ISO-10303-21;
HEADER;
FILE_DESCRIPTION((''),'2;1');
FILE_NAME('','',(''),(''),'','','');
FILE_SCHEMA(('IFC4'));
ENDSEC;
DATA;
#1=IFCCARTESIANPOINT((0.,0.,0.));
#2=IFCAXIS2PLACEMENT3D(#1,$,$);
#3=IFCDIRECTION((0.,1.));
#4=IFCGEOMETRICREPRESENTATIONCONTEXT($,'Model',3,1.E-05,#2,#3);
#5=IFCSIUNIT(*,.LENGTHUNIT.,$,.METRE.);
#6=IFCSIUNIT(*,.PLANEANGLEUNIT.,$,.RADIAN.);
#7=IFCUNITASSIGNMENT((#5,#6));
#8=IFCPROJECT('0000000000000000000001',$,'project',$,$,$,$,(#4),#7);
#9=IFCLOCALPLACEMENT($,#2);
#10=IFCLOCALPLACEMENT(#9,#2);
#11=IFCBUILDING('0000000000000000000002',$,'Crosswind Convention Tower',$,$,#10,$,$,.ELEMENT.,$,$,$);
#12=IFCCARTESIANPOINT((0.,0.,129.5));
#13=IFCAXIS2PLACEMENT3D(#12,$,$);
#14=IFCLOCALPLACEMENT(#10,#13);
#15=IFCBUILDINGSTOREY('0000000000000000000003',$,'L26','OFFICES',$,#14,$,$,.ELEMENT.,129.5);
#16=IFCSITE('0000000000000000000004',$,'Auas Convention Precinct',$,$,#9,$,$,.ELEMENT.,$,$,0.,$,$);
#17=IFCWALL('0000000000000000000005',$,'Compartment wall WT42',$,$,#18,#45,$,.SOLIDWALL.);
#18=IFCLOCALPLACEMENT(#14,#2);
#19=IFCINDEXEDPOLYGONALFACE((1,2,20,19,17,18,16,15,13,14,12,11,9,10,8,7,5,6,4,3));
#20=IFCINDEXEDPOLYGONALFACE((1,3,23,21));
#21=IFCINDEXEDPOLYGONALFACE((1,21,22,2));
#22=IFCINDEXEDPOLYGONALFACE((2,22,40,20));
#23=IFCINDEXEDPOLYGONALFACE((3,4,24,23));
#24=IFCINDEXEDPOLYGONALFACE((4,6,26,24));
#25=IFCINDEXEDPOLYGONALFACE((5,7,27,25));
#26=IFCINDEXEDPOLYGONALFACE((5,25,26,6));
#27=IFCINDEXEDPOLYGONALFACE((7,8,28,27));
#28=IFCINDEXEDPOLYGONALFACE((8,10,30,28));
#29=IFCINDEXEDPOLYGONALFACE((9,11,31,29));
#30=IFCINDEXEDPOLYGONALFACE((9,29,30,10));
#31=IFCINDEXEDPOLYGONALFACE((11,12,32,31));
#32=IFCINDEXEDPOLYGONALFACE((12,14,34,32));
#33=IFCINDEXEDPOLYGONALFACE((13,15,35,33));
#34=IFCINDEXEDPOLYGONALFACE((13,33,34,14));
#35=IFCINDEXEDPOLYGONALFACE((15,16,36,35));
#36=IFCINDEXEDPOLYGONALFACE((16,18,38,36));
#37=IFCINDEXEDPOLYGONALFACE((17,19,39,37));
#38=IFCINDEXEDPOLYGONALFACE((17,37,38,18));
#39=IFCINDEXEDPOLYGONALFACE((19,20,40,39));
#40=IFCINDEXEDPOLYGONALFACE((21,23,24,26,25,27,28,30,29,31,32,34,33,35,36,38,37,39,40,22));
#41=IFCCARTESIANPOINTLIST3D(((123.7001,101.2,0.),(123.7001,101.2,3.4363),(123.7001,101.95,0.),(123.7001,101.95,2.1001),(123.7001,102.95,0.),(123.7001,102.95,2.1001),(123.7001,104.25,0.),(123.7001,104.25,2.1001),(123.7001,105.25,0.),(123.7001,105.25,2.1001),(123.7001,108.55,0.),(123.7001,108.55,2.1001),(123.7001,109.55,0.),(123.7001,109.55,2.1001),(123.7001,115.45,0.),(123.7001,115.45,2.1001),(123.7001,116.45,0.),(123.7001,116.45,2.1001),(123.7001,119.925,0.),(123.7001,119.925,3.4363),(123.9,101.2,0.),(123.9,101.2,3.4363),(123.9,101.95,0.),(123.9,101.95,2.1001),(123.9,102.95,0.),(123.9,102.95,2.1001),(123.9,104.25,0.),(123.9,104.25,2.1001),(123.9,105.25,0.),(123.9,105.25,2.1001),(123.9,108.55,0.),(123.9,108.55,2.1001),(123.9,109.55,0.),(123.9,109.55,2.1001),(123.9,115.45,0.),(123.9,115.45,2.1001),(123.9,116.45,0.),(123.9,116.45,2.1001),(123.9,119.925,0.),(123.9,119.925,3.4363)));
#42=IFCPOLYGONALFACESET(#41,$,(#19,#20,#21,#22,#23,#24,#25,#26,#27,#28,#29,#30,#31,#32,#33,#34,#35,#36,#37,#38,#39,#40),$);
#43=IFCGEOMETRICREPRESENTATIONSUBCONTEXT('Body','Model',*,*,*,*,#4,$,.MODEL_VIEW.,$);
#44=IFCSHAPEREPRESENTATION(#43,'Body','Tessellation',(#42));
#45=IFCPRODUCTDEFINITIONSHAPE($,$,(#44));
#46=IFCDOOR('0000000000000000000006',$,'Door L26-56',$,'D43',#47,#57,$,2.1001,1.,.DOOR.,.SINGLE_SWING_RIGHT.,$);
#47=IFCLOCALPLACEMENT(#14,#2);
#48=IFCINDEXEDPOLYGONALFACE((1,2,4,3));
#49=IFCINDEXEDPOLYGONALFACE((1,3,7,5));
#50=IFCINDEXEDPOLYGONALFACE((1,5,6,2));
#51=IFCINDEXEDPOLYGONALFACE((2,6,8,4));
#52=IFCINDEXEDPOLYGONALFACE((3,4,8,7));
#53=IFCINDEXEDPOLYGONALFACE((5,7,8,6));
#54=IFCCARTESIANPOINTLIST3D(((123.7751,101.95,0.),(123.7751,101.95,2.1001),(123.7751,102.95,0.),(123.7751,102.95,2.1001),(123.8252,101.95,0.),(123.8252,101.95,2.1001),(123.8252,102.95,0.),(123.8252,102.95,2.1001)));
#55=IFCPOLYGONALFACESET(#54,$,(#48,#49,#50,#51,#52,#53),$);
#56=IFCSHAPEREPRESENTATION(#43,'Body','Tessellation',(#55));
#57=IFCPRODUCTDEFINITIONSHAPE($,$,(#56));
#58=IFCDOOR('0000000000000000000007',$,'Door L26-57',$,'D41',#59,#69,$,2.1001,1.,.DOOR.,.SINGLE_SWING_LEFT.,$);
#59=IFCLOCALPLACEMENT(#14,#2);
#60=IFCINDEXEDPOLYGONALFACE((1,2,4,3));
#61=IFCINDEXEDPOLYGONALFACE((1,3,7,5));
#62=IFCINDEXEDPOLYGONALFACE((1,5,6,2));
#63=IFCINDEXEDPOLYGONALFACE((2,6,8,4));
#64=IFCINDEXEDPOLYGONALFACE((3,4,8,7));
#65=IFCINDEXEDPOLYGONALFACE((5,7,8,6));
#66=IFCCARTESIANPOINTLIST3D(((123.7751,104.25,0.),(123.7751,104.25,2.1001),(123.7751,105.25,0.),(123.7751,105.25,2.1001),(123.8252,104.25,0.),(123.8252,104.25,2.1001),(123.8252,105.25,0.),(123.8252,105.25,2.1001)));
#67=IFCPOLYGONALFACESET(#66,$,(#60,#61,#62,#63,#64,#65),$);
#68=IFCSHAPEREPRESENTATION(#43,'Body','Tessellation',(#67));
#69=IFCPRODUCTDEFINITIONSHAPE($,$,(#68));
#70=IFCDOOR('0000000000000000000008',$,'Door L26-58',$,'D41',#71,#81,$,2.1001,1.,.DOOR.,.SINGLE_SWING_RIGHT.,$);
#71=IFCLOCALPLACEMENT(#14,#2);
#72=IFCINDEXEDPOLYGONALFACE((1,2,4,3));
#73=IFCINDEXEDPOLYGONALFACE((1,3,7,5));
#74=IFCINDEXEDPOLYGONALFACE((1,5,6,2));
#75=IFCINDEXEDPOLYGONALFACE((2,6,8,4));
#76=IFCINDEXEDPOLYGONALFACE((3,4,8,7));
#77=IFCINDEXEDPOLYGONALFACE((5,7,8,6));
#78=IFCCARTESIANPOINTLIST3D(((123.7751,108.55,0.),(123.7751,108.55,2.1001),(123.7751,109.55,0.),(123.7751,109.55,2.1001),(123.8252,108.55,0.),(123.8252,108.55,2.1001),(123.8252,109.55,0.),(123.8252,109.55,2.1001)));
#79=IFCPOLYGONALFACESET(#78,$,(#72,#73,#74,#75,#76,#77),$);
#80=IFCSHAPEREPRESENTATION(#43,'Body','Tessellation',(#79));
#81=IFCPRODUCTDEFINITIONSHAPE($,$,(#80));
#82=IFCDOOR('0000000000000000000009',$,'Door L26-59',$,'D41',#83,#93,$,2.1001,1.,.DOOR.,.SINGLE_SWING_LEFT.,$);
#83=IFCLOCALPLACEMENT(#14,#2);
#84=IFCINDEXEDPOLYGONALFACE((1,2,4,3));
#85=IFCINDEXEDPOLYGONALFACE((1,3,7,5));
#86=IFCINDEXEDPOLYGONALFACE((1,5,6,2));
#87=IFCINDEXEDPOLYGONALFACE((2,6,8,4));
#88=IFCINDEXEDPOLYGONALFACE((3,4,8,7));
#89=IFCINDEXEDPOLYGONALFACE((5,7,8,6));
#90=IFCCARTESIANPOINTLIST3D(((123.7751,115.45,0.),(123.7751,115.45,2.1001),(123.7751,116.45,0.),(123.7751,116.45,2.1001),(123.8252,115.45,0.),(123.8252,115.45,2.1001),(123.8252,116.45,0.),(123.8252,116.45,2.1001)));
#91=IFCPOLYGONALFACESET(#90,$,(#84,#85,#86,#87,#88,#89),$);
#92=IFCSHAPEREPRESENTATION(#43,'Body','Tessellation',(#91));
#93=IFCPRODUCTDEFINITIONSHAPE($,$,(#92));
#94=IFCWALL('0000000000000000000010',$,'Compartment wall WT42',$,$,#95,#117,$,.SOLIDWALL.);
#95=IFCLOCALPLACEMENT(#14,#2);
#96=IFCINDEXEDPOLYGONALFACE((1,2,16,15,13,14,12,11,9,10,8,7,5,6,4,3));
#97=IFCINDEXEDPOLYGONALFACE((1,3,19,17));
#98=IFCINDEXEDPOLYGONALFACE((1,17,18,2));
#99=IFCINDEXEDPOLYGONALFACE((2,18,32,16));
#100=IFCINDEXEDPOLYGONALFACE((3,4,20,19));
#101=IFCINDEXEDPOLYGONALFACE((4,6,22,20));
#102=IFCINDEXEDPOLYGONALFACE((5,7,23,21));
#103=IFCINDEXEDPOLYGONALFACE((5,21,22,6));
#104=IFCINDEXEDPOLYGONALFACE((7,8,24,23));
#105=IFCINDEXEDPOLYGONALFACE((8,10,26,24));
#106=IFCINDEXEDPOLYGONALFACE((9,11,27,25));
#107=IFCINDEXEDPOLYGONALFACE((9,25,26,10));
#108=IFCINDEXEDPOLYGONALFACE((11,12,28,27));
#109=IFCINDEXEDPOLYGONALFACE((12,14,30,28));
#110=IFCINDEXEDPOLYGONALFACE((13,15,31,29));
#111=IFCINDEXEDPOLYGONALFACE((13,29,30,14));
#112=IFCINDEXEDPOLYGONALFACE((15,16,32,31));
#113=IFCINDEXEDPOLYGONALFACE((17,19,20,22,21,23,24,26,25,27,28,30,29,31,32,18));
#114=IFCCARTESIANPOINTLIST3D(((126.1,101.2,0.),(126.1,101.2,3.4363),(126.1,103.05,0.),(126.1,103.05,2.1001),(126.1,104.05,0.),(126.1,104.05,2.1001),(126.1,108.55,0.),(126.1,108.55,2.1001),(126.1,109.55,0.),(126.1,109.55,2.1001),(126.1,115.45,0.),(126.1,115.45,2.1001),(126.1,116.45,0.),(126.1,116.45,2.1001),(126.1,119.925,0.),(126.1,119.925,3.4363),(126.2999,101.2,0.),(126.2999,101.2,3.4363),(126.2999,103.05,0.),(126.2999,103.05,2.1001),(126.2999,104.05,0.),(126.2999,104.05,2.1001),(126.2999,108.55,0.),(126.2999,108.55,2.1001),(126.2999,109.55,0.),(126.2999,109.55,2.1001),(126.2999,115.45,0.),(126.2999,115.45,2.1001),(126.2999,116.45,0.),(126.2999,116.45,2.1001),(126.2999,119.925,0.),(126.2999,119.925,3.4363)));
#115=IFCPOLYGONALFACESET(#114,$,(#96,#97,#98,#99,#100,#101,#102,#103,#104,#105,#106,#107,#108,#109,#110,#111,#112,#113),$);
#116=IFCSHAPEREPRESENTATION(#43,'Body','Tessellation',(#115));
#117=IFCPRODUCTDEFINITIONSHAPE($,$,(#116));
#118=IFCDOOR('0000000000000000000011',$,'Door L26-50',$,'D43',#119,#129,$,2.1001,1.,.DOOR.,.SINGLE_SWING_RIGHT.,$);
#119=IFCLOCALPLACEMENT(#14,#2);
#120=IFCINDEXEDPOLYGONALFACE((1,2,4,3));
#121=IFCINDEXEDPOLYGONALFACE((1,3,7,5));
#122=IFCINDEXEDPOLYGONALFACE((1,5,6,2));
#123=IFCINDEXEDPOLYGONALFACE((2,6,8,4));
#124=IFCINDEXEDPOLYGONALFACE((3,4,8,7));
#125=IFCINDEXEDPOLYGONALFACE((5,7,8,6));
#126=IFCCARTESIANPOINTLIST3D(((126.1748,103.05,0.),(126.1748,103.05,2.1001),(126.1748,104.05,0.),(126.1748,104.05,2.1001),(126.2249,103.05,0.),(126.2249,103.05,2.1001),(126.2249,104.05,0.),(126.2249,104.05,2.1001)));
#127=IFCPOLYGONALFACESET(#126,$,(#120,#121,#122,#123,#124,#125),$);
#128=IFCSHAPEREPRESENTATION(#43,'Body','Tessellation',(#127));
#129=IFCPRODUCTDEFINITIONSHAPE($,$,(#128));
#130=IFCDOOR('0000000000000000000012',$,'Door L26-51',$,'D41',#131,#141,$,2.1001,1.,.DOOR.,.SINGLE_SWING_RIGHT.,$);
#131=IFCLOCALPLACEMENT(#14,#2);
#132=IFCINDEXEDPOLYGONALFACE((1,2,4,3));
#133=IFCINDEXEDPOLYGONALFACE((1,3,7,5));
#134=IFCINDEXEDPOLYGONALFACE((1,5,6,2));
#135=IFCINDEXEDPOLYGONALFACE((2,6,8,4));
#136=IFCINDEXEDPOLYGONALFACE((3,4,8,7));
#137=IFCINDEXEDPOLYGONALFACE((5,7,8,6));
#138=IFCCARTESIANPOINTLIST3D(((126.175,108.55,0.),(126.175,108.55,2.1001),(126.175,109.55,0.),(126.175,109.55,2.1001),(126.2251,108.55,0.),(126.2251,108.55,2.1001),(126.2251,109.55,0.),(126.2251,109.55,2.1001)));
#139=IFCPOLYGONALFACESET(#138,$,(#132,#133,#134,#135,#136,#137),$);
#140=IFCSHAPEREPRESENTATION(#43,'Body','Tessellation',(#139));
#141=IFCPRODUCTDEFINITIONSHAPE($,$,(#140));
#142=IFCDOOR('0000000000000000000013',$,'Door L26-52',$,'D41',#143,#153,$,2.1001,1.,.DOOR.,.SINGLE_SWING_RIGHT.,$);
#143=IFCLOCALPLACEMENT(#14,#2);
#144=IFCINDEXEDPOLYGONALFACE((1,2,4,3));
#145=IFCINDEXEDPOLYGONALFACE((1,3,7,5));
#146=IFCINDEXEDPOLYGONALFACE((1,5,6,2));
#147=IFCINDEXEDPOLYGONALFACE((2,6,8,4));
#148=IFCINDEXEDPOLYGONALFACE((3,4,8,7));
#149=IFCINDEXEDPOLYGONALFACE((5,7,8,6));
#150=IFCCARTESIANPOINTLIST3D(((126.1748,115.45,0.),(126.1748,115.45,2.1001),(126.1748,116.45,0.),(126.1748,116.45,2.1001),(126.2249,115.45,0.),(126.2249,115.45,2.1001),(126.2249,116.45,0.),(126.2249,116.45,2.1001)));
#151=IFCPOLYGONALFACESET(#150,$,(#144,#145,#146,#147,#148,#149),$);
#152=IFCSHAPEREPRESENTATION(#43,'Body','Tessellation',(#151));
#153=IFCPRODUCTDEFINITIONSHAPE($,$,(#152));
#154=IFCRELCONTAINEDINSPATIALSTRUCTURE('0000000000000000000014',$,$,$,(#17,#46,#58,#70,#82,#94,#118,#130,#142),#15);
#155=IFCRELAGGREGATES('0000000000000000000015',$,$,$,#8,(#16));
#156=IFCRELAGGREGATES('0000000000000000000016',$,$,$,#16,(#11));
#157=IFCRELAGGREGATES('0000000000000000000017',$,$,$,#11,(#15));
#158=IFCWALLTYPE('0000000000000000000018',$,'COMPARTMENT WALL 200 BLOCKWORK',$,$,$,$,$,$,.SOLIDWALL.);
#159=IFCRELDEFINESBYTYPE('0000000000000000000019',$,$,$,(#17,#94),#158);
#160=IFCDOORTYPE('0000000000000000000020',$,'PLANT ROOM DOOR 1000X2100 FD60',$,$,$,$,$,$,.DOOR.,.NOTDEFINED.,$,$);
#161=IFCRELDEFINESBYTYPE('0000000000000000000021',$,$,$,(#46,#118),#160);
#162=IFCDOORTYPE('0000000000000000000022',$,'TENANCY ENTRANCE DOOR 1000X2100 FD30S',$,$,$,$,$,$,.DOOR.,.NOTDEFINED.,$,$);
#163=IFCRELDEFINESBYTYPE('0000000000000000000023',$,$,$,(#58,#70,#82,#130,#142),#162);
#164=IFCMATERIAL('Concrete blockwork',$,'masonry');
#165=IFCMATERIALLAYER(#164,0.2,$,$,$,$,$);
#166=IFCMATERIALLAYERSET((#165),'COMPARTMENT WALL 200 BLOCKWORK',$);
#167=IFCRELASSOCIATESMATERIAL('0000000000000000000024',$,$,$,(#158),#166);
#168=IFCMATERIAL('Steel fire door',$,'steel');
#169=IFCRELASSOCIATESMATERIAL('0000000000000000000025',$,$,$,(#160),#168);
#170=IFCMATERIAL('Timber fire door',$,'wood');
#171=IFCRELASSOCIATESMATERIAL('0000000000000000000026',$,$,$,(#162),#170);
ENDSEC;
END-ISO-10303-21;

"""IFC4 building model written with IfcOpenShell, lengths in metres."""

from ifc_helpers import new_model, si_unit, direction, frame, frame_2d, origin, place, context, subcontext, project, spatial, rectangle, extrude, material, layer, layer_set, type_object, element, fill, save


model = new_model("IFC4")

# Units and contexts
model_context = context("Model", 3, precision=1e-05, world=origin(), true_north=direction((0.0, 1.0)))
body_context = subcontext(model_context, "Body", "Model", "MODEL_VIEW")
ifc_project = project(units=[si_unit("LENGTHUNIT", "METRE"), si_unit("PLANEANGLEUNIT", "RADIAN")], contexts=[model_context])

# Site, building, storey
site_placement = place(None, origin())
site = spatial("IfcSite", under=ifc_project, at=site_placement, Name="Auas Convention Precinct", CompositionType="ELEMENT", RefElevation=0.0)
building_placement = place(site_placement, origin())
building = spatial("IfcBuilding", under=site, at=building_placement, Name="Crosswind Convention Tower", CompositionType="ELEMENT")
storey_placement = place(building_placement, frame((0.0, 0.0, 129.5)))
storey = spatial("IfcBuildingStorey", under=building, at=storey_placement, Name="L26", Description="OFFICES", CompositionType="ELEMENT", Elevation=129.5)

# Walls, openings, doors
ifc_material_1 = material(Name="Concrete blockwork", Category="masonry")
ifc_layer_1 = layer(ifc_material_1, 0.2)
ifc_layer_set_1 = layer_set([ifc_layer_1], Name="COMPARTMENT WALL 200 BLOCKWORK")
wall_type_1 = type_object("IfcWallType", Name="COMPARTMENT WALL 200 BLOCKWORK", PredefinedType="SOLIDWALL", material=ifc_layer_set_1)
wall_1_placement = place(storey_placement, frame((123.8, 101.2, 0.0), z_axis=(0.0, 0.0, 1.0), x_axis=(0.0, 1.0, 0.0)))
wall_1 = element("IfcWall", 1, at=wall_1_placement, inside=storey, type_object=wall_type_1, Name="Compartment wall WT42", PredefinedType="SOLIDWALL", context=body_context, shape_type="SweptSolid", body=[
    extrude(rectangle(XDim=18.7251, YDim=0.2, at=frame_2d((9.3625, 0.0))), origin(), (0.0, 0.0, 1.0), 3.4363),
])
opening_1_placement = place(wall_1_placement, frame((0.75, 0.0, 0.0)))
opening_1 = element("IfcOpeningElement", 2, at=opening_1_placement, cuts=wall_1, PredefinedType="OPENING", context=body_context, shape_type="SweptSolid", body=[
    extrude(rectangle(XDim=1.0, YDim=2.1001, at=frame_2d((0.5, 1.05))), frame((0.0, 0.1099, 0.0), z_axis=(0.0, -1.0, 0.0), x_axis=(1.0, 0.0, 0.0)), (0.0, 0.0, 1.0), 0.22),
])
opening_2_placement = place(wall_1_placement, frame((3.05, 0.0, 0.0)))
opening_2 = element("IfcOpeningElement", 3, at=opening_2_placement, cuts=wall_1, PredefinedType="OPENING", context=body_context, shape_type="SweptSolid", body=[
    extrude(rectangle(XDim=1.0, YDim=2.1001, at=frame_2d((0.5, 1.05))), frame((0.0, 0.1099, 0.0), z_axis=(0.0, -1.0, 0.0), x_axis=(1.0, 0.0, 0.0)), (0.0, 0.0, 1.0), 0.22),
])
opening_3_placement = place(wall_1_placement, frame((7.3501, 0.0, 0.0)))
opening_3 = element("IfcOpeningElement", 4, at=opening_3_placement, cuts=wall_1, PredefinedType="OPENING", context=body_context, shape_type="SweptSolid", body=[
    extrude(rectangle(XDim=1.0, YDim=2.1001, at=frame_2d((0.5, 1.05))), frame((0.0, 0.1099, 0.0), z_axis=(0.0, -1.0, 0.0), x_axis=(1.0, 0.0, 0.0)), (0.0, 0.0, 1.0), 0.22),
])
opening_4_placement = place(wall_1_placement, frame((14.25, 0.0, 0.0)))
opening_4 = element("IfcOpeningElement", 5, at=opening_4_placement, cuts=wall_1, PredefinedType="OPENING", context=body_context, shape_type="SweptSolid", body=[
    extrude(rectangle(XDim=1.0, YDim=2.1001, at=frame_2d((0.5, 1.05))), frame((0.0, 0.1099, 0.0), z_axis=(0.0, -1.0, 0.0), x_axis=(1.0, 0.0, 0.0)), (0.0, 0.0, 1.0), 0.22),
])
ifc_material_2 = material(Name="Steel fire door", Category="steel")
door_type_1 = type_object("IfcDoorType", Name="PLANT ROOM DOOR 1000X2100 FD60", OperationType="NOTDEFINED", PredefinedType="DOOR", material=ifc_material_2)
door_1_placement = place(opening_1_placement, origin())
door_1 = element("IfcDoor", 6, at=door_1_placement, inside=storey, type_object=door_type_1, Name="Door L26-56", ObjectType="D43", OperationType="SINGLE_SWING_RIGHT", OverallHeight=2.1001, OverallWidth=1.0, PredefinedType="DOOR", context=body_context, shape_type="SweptSolid", body=[
    extrude(rectangle(XDim=1.0, YDim=2.1001, at=frame_2d((0.5, 1.05))), frame((0.0, 0.0249, 0.0), z_axis=(0.0, -1.0, 0.0), x_axis=(1.0, 0.0, 0.0)), (0.0, 0.0, 1.0), 0.05),
])
fill(opening_1, door_1)
ifc_material_3 = material(Name="Timber fire door", Category="wood")
door_type_2 = type_object("IfcDoorType", Name="TENANCY ENTRANCE DOOR 1000X2100 FD30S", OperationType="NOTDEFINED", PredefinedType="DOOR", material=ifc_material_3)
door_2_placement = place(opening_2_placement, origin())
door_2 = element("IfcDoor", 7, at=door_2_placement, inside=storey, type_object=door_type_2, Name="Door L26-57", ObjectType="D41", OperationType="SINGLE_SWING_LEFT", OverallHeight=2.1001, OverallWidth=1.0, PredefinedType="DOOR", context=body_context, shape_type="SweptSolid", body=[
    extrude(rectangle(XDim=1.0, YDim=2.1001, at=frame_2d((0.5, 1.05))), frame((0.0, 0.0249, 0.0), z_axis=(0.0, -1.0, 0.0), x_axis=(1.0, 0.0, 0.0)), (0.0, 0.0, 1.0), 0.05),
])
fill(opening_2, door_2)
door_3_placement = place(opening_3_placement, origin())
door_3 = element("IfcDoor", 8, at=door_3_placement, inside=storey, type_object=door_type_2, Name="Door L26-58", ObjectType="D41", OperationType="SINGLE_SWING_RIGHT", OverallHeight=2.1001, OverallWidth=1.0, PredefinedType="DOOR", context=body_context, shape_type="SweptSolid", body=[
    extrude(rectangle(XDim=1.0, YDim=2.1001, at=frame_2d((0.5, 1.05))), frame((0.0, 0.0249, 0.0), z_axis=(0.0, -1.0, 0.0), x_axis=(1.0, 0.0, 0.0)), (0.0, 0.0, 1.0), 0.05),
])
fill(opening_3, door_3)
door_4_placement = place(opening_4_placement, origin())
door_4 = element("IfcDoor", 9, at=door_4_placement, inside=storey, type_object=door_type_2, Name="Door L26-59", ObjectType="D41", OperationType="SINGLE_SWING_LEFT", OverallHeight=2.1001, OverallWidth=1.0, PredefinedType="DOOR", context=body_context, shape_type="SweptSolid", body=[
    extrude(rectangle(XDim=1.0, YDim=2.1001, at=frame_2d((0.5, 1.05))), frame((0.0, 0.0249, 0.0), z_axis=(0.0, -1.0, 0.0), x_axis=(1.0, 0.0, 0.0)), (0.0, 0.0, 1.0), 0.05),
])
fill(opening_4, door_4)
wall_2_placement = place(storey_placement, frame((126.2, 101.2, 0.0), z_axis=(0.0, 0.0, 1.0), x_axis=(0.0, 1.0, 0.0)))
wall_2 = element("IfcWall", 10, at=wall_2_placement, inside=storey, type_object=wall_type_1, Name="Compartment wall WT42", PredefinedType="SOLIDWALL", context=body_context, shape_type="SweptSolid", body=[
    extrude(rectangle(XDim=18.7251, YDim=0.2, at=frame_2d((9.3625, 0.0))), origin(), (0.0, 0.0, 1.0), 3.4363),
])
opening_5_placement = place(wall_2_placement, frame((1.8501, 0.0, 0.0)))
opening_5 = element("IfcOpeningElement", 11, at=opening_5_placement, cuts=wall_2, PredefinedType="OPENING", context=body_context, shape_type="SweptSolid", body=[
    extrude(rectangle(XDim=1.0, YDim=2.1001, at=frame_2d((0.5, 1.05))), frame((0.0, 0.1099, 0.0), z_axis=(0.0, -1.0, 0.0), x_axis=(1.0, 0.0, 0.0)), (0.0, 0.0, 1.0), 0.22),
])
opening_6_placement = place(wall_2_placement, frame((7.3501, 0.0, 0.0)))
opening_6 = element("IfcOpeningElement", 12, at=opening_6_placement, cuts=wall_2, PredefinedType="OPENING", context=body_context, shape_type="SweptSolid", body=[
    extrude(rectangle(XDim=1.0, YDim=2.1001, at=frame_2d((0.5, 1.05))), frame((0.0, 0.1099, 0.0), z_axis=(0.0, -1.0, 0.0), x_axis=(1.0, 0.0, 0.0)), (0.0, 0.0, 1.0), 0.22),
])
opening_7_placement = place(wall_2_placement, frame((14.25, 0.0, 0.0)))
opening_7 = element("IfcOpeningElement", 13, at=opening_7_placement, cuts=wall_2, PredefinedType="OPENING", context=body_context, shape_type="SweptSolid", body=[
    extrude(rectangle(XDim=1.0, YDim=2.1001, at=frame_2d((0.5, 1.05))), frame((0.0, 0.1099, 0.0), z_axis=(0.0, -1.0, 0.0), x_axis=(1.0, 0.0, 0.0)), (0.0, 0.0, 1.0), 0.22),
])
door_5_placement = place(opening_5_placement, frame((1.0, 0.0, 0.0), z_axis=(0.0, 0.0, 1.0), x_axis=(-1.0, 0.0, 0.0)))
door_5 = element("IfcDoor", 14, at=door_5_placement, inside=storey, type_object=door_type_1, Name="Door L26-50", ObjectType="D43", OperationType="SINGLE_SWING_RIGHT", OverallHeight=2.1001, OverallWidth=1.0, PredefinedType="DOOR", context=body_context, shape_type="SweptSolid", body=[
    extrude(rectangle(XDim=1.0, YDim=2.1001, at=frame_2d((0.5, 1.05))), frame((0.0, 0.0249, 0.0), z_axis=(0.0, -1.0, 0.0), x_axis=(1.0, 0.0, 0.0)), (0.0, 0.0, 1.0), 0.05),
])
fill(opening_5, door_5)
door_6_placement = place(opening_6_placement, origin())
door_6 = element("IfcDoor", 15, at=door_6_placement, inside=storey, type_object=door_type_2, Name="Door L26-51", ObjectType="D41", OperationType="SINGLE_SWING_RIGHT", OverallHeight=2.1001, OverallWidth=1.0, PredefinedType="DOOR", context=body_context, shape_type="SweptSolid", body=[
    extrude(rectangle(XDim=1.0, YDim=2.1001, at=frame_2d((0.5, 1.05))), frame((0.0, 0.0249, 0.0), z_axis=(0.0, -1.0, 0.0), x_axis=(1.0, 0.0, 0.0)), (0.0, 0.0, 1.0), 0.05),
])
fill(opening_6, door_6)
door_7_placement = place(opening_7_placement, frame((1.0, 0.0, 0.0), z_axis=(0.0, 0.0, 1.0), x_axis=(-1.0, 0.0, 0.0)))
door_7 = element("IfcDoor", 16, at=door_7_placement, inside=storey, type_object=door_type_2, Name="Door L26-52", ObjectType="D41", OperationType="SINGLE_SWING_RIGHT", OverallHeight=2.1001, OverallWidth=1.0, PredefinedType="DOOR", context=body_context, shape_type="SweptSolid", body=[
    extrude(rectangle(XDim=1.0, YDim=2.1001, at=frame_2d((0.5, 1.05))), frame((0.0, 0.0249, 0.0), z_axis=(0.0, -1.0, 0.0), x_axis=(1.0, 0.0, 0.0)), (0.0, 0.0, 1.0), 0.05),
])
fill(opening_7, door_7)

save(model, "model.ifc")
